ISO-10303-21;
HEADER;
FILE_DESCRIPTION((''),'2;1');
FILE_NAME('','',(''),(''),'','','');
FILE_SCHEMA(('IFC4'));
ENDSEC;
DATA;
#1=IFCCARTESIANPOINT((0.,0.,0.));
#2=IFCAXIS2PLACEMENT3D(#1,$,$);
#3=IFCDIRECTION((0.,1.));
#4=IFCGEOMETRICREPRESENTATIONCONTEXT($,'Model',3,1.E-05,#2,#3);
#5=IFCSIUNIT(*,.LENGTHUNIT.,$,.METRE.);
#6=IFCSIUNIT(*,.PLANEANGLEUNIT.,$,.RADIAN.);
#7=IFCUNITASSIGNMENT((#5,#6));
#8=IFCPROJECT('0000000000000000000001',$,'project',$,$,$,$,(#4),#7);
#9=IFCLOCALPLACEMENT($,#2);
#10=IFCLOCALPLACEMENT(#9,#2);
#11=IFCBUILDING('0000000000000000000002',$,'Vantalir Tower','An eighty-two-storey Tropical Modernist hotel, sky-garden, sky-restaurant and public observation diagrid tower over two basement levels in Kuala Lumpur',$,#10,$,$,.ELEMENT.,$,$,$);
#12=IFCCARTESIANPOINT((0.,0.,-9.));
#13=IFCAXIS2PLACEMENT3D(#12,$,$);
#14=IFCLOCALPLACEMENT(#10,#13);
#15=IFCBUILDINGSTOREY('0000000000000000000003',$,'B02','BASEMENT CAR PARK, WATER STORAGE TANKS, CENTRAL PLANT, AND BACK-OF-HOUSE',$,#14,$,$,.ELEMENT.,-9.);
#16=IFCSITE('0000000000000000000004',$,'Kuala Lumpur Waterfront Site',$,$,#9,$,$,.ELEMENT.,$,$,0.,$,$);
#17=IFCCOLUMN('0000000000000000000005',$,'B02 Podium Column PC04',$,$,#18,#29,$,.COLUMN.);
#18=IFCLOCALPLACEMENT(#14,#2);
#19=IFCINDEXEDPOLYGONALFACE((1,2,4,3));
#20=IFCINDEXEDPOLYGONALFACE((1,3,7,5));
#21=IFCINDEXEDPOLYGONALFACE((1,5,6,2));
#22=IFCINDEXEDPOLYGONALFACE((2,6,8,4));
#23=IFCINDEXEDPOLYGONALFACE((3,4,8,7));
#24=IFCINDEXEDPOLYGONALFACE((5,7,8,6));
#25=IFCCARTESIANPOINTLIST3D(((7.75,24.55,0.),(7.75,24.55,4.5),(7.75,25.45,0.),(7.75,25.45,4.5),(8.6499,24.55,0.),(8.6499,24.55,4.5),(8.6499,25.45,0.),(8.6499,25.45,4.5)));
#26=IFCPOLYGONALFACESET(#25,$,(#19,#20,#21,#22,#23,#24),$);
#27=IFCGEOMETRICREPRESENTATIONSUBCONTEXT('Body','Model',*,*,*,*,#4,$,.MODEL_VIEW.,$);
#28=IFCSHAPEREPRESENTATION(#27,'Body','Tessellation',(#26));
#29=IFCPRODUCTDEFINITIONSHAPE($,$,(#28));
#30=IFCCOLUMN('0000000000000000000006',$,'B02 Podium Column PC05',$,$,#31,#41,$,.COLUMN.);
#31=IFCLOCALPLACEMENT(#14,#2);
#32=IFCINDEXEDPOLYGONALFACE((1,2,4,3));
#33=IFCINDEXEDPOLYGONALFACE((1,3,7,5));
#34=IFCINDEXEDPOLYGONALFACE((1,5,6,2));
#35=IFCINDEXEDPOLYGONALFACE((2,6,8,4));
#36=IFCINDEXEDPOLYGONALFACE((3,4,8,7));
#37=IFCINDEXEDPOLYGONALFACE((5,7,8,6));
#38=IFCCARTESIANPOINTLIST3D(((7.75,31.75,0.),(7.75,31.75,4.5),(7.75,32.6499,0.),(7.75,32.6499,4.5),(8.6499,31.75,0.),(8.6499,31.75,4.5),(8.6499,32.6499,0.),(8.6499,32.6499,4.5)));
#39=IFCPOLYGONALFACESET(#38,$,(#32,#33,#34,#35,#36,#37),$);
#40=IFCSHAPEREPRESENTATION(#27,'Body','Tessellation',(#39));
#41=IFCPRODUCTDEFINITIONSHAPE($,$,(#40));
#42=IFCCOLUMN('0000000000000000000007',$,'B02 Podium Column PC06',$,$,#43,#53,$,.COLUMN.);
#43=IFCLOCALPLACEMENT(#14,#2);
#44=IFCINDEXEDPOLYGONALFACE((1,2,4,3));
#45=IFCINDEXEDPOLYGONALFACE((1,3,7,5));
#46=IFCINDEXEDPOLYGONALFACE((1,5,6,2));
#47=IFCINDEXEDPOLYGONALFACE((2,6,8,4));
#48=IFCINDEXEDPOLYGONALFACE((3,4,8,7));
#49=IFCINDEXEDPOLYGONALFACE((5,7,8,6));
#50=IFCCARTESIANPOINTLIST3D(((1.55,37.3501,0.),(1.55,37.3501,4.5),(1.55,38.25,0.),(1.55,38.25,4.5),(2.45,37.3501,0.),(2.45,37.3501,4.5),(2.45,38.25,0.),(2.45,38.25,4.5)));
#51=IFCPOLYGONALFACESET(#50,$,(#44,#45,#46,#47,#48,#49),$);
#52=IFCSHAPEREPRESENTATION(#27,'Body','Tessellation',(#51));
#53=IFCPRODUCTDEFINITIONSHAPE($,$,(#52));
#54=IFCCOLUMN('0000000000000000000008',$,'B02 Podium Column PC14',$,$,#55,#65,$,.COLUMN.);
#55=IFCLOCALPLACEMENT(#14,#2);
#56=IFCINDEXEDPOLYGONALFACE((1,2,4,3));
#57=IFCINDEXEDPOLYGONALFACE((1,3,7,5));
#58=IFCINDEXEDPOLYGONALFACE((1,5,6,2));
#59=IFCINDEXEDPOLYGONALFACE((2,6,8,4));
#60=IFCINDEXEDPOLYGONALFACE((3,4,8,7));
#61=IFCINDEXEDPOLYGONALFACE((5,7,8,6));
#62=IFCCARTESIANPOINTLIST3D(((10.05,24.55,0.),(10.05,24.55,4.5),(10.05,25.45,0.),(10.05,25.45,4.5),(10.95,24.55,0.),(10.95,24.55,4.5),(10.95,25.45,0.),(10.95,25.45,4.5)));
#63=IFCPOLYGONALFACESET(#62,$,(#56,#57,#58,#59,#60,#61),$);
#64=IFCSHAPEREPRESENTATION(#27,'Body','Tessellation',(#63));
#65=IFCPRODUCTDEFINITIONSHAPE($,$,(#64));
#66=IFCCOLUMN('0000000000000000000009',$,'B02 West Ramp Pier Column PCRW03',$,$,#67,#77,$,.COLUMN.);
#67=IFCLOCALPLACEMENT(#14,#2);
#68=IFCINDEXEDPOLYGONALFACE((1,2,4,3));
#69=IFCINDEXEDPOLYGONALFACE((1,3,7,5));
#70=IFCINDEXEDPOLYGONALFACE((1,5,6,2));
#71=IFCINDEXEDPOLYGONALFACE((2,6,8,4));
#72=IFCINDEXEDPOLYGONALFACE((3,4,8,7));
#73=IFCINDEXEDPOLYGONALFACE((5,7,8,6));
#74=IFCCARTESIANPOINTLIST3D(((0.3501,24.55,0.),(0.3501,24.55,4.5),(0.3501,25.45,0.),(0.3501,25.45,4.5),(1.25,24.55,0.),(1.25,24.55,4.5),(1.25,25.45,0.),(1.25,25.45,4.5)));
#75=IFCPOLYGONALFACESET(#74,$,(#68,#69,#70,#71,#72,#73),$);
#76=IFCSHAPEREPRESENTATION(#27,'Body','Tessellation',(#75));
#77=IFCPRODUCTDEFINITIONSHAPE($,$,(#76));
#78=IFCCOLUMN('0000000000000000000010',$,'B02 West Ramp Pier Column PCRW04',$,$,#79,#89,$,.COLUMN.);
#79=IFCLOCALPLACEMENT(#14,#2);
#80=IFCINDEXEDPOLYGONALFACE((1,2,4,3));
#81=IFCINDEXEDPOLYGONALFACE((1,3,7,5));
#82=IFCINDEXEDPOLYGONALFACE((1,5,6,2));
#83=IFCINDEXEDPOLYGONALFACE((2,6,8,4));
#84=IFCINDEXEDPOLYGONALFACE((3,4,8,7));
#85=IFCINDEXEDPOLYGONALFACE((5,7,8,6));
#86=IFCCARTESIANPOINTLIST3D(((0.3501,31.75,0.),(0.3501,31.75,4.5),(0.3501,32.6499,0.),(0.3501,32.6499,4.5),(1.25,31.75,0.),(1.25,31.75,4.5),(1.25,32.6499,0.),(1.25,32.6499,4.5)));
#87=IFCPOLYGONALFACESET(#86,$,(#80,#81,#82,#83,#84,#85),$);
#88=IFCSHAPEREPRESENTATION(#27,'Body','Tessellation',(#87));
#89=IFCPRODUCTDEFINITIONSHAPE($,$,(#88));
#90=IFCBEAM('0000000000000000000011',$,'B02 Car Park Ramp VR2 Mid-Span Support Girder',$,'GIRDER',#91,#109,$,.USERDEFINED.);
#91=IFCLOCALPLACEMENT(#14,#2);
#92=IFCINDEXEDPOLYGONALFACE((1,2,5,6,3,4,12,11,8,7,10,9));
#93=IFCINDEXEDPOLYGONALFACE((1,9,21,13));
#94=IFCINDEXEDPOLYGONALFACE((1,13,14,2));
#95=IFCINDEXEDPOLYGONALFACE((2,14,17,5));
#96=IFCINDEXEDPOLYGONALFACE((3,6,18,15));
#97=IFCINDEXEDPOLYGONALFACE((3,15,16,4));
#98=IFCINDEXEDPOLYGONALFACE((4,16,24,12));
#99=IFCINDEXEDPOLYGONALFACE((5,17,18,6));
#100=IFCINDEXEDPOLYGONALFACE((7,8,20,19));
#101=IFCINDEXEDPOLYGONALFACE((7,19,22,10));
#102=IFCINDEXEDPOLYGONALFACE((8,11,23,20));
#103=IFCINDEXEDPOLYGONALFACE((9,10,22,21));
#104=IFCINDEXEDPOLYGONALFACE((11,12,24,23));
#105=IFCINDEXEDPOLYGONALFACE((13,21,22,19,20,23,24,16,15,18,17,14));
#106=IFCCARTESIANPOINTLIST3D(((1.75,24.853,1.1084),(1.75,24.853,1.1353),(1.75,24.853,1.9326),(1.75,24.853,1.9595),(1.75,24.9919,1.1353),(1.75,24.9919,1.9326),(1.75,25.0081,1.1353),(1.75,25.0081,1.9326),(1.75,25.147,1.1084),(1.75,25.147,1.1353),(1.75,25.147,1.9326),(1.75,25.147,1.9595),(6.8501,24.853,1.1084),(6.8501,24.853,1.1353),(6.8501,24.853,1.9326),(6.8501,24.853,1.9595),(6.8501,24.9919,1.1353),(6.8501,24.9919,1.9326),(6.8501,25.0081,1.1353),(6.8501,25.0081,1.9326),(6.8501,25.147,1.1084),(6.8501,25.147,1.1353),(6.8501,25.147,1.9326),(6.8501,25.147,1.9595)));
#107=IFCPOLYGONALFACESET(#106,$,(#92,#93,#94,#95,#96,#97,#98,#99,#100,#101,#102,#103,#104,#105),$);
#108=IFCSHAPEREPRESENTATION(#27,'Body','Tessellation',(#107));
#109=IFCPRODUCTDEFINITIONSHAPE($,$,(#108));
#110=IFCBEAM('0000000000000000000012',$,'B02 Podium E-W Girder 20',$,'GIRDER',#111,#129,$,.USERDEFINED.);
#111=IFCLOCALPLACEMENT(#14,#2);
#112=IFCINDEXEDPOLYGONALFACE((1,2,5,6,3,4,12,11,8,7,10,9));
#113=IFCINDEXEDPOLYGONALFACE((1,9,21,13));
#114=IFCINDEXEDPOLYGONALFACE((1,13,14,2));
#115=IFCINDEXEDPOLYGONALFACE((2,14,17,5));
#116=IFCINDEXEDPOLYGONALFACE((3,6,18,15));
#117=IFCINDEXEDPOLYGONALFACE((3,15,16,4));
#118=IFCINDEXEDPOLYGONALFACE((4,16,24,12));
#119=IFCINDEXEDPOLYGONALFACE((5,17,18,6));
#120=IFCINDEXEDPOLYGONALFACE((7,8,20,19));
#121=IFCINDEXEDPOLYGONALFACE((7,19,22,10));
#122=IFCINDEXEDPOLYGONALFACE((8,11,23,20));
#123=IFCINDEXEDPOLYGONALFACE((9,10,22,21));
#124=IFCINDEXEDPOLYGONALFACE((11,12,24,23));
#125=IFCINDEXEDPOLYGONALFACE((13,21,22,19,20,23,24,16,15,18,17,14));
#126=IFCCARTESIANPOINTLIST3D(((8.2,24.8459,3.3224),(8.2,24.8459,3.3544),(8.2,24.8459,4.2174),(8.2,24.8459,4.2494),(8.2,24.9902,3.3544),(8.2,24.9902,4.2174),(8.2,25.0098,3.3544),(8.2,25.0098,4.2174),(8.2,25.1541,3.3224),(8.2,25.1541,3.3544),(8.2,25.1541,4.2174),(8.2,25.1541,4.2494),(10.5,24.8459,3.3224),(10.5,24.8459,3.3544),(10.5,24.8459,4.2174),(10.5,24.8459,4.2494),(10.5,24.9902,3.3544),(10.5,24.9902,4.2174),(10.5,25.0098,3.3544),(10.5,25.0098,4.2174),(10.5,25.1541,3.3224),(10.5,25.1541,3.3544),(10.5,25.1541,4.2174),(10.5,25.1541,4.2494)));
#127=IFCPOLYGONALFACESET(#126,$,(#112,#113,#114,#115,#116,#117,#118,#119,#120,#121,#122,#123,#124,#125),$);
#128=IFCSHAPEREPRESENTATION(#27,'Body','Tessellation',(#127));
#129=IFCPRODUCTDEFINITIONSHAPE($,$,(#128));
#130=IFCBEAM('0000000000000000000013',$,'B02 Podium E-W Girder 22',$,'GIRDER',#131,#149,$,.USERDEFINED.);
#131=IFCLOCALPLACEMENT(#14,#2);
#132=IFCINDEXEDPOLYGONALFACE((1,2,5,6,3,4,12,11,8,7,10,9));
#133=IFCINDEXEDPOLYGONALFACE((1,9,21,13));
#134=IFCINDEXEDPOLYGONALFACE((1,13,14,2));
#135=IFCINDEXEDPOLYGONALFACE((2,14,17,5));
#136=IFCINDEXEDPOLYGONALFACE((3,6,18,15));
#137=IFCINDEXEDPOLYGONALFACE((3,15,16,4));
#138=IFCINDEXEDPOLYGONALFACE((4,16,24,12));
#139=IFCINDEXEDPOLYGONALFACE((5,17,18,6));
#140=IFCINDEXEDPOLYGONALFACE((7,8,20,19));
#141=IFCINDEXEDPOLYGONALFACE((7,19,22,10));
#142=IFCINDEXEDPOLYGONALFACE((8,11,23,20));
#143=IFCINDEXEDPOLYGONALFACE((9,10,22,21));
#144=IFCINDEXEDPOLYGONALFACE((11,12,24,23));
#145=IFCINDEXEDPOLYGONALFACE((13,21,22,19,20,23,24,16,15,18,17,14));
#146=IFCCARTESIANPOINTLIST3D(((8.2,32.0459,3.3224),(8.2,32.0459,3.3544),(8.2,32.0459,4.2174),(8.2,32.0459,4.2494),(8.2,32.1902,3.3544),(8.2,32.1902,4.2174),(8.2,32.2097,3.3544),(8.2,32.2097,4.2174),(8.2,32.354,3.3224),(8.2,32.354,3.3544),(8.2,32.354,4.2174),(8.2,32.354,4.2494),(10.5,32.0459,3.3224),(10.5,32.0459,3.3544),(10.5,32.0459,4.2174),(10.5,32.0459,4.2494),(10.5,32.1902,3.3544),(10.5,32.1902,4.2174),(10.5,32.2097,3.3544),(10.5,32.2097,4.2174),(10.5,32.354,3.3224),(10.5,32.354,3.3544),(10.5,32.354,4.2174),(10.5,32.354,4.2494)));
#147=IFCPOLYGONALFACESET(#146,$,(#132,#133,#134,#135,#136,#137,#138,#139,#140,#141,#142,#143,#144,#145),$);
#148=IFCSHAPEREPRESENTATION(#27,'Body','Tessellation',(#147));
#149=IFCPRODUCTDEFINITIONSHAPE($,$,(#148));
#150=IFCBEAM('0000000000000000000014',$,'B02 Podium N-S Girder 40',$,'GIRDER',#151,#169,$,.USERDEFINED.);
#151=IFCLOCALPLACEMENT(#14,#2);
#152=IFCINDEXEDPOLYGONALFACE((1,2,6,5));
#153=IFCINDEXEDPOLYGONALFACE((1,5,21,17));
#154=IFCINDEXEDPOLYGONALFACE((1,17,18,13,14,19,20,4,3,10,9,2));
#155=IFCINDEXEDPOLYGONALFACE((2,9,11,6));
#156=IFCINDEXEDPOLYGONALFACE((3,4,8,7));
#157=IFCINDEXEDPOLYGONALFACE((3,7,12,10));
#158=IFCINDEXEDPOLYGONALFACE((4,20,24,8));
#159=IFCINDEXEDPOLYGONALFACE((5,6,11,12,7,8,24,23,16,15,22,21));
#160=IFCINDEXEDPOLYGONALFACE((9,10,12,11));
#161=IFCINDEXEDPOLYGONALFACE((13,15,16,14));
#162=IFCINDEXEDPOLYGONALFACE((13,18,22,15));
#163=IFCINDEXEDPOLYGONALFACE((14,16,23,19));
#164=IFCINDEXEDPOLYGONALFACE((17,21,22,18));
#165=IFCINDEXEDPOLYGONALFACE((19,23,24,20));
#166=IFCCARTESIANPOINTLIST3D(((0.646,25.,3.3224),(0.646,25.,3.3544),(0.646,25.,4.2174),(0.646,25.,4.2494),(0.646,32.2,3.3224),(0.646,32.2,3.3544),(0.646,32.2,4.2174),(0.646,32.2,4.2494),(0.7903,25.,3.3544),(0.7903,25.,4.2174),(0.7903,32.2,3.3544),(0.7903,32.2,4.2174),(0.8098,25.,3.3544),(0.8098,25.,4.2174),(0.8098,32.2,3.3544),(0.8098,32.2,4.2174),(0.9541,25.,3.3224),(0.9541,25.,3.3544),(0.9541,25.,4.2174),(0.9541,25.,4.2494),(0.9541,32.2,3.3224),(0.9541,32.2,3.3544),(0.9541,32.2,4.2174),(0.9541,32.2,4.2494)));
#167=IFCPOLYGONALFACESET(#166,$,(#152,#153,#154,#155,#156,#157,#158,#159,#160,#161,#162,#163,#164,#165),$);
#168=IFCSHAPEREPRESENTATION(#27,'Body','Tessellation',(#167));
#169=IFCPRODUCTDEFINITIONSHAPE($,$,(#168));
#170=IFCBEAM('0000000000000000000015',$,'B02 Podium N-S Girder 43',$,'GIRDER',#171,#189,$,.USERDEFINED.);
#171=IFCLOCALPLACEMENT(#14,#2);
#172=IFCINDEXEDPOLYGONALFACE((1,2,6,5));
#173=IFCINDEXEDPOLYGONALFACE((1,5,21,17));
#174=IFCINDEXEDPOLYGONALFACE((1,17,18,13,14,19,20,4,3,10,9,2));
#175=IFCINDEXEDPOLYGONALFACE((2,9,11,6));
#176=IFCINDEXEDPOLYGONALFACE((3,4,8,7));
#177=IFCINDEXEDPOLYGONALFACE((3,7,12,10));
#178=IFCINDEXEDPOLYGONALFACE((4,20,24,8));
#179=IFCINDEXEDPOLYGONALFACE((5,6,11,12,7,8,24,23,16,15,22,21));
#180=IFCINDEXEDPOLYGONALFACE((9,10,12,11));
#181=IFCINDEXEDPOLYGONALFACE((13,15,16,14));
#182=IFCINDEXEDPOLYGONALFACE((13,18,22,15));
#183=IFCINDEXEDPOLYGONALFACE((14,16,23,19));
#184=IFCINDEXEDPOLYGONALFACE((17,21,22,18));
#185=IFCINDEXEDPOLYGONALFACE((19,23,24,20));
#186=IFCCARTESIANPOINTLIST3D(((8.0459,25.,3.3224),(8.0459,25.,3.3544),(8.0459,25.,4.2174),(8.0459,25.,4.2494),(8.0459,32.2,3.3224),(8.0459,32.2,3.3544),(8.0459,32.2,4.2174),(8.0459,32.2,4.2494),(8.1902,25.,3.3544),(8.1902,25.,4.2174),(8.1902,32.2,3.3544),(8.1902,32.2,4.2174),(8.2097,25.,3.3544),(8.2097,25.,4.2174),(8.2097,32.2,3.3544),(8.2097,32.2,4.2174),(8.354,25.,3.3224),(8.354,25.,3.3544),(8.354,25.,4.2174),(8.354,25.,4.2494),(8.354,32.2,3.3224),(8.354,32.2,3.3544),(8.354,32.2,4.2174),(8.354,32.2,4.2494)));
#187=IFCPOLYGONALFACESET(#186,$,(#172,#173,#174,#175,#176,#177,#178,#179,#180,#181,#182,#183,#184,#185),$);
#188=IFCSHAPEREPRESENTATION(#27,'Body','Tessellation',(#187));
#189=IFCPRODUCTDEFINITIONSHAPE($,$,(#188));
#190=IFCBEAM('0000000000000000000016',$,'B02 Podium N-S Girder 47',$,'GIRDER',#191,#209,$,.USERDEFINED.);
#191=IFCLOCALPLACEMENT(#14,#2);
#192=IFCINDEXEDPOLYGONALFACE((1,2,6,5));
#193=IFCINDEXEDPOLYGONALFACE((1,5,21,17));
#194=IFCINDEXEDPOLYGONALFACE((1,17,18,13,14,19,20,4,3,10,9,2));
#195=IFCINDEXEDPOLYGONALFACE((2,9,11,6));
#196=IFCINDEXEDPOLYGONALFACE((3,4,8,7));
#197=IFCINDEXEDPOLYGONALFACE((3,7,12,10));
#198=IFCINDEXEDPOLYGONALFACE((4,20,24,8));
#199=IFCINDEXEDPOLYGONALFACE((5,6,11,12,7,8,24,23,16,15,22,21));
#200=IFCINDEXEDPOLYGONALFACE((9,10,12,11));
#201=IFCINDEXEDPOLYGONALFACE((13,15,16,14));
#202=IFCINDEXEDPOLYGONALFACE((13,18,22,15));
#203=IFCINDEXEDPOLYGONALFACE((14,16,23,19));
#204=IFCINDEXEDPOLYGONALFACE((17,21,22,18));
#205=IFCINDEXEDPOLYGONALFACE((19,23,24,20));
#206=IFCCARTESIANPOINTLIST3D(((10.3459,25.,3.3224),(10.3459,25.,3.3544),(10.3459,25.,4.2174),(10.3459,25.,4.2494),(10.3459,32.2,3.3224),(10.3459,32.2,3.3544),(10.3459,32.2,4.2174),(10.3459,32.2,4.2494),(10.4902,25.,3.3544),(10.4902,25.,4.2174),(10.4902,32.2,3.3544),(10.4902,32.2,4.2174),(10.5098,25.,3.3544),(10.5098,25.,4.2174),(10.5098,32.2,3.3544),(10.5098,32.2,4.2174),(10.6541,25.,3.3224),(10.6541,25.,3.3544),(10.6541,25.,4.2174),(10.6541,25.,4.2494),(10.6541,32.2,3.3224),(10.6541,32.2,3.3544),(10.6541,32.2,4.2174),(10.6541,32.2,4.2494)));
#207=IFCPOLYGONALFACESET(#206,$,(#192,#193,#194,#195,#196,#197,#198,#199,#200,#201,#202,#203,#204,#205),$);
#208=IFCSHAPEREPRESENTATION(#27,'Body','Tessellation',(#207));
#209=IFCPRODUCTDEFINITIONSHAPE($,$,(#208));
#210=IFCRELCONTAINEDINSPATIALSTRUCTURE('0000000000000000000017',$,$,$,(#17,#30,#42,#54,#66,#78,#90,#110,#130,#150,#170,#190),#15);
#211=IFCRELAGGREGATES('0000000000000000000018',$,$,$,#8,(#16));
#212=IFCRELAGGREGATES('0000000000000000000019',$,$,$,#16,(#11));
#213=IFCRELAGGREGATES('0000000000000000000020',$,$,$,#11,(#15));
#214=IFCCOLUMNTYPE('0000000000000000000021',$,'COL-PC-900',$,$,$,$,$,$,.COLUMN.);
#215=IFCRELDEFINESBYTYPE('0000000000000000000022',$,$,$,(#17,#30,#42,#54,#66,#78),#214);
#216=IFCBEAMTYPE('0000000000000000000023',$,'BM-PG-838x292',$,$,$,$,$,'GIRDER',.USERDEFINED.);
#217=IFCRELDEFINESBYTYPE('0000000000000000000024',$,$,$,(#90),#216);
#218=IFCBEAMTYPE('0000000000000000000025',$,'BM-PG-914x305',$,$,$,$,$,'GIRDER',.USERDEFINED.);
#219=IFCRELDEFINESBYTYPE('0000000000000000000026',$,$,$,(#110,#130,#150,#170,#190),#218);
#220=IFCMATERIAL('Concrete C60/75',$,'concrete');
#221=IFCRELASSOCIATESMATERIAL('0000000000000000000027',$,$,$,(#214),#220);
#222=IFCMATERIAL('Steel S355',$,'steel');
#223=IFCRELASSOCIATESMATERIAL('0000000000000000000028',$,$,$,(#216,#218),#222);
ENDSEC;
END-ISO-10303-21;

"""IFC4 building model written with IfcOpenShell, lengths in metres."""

from ifc_helpers import new_model, si_unit, direction, frame, origin, origin_2d, place, context, subcontext, project, spatial, rectangle, i_section, extrude, material, material_profile, profile_set, type_object, element, save


model = new_model("IFC4")

# Units and contexts
model_context = context("Model", 3, precision=1e-05, world=origin(), true_north=direction((0.0, 1.0)))
body_context = subcontext(model_context, "Body", "Model", "MODEL_VIEW")
ifc_project = project(units=[si_unit("LENGTHUNIT", "METRE"), si_unit("PLANEANGLEUNIT", "RADIAN")], contexts=[model_context])

# Site, building, storey
site_placement = place(None, origin())
site = spatial("IfcSite", under=ifc_project, at=site_placement, Name="Kuala Lumpur Waterfront Site", CompositionType="ELEMENT", RefElevation=0.0)
building_placement = place(site_placement, origin())
building = spatial("IfcBuilding", under=site, at=building_placement, Name="Vantalir Tower", Description="An eighty-two-storey Tropical Modernist hotel, sky-garden, sky-restaurant and public observation diagrid tower over two basement levels in Kuala Lumpur", CompositionType="ELEMENT")
storey_placement = place(building_placement, frame((0.0, 0.0, -9.0)))
storey = spatial("IfcBuildingStorey", under=building, at=storey_placement, Name="B02", Description="BASEMENT CAR PARK, WATER STORAGE TANKS, CENTRAL PLANT, AND BACK-OF-HOUSE", CompositionType="ELEMENT", Elevation=-9.0)

# Columns
ifc_material_1 = material(Name="Concrete C60/75", Category="concrete")
ifc_material_profile_1 = material_profile(ifc_material_1, rectangle(XDim=0.8999, YDim=0.8999, at=origin_2d()), Name="Concrete C60/75")
ifc_profile_set_1 = profile_set([ifc_material_profile_1], Name="Concrete C60/75")
column_type_1 = type_object("IfcColumnType", Name="COL-PC-900", PredefinedType="COLUMN", material=ifc_profile_set_1)
for number, where, z_axis, x_axis, name in (
    (1, (8.2, 25.0, 0.0), (0.0, 0.0, 1.0), (1.0, 0.0, 0.0), "B02 Podium Column PC04"),
    (2, (8.2, 32.2, 0.0), (0.0, 0.0, 1.0), (1.0, 0.0, 0.0), "B02 Podium Column PC05"),
    (3, (2.0, 37.8, 0.0), (0.0, 0.0, 1.0), (1.0, 0.0, 0.0), "B02 Podium Column PC06"),
    (4, (10.5, 25.0, 0.0), (0.0, 0.0, 1.0), (1.0, 0.0, 0.0), "B02 Podium Column PC14"),
    (5, (0.8, 25.0, 0.0), (0.0, 0.0, 1.0), (1.0, 0.0, 0.0), "B02 West Ramp Pier Column PCRW03"),
    (6, (0.8, 32.2, 0.0), (0.0, 0.0, 1.0), (1.0, 0.0, 0.0), "B02 West Ramp Pier Column PCRW04"),
):
    element("IfcColumn", number, at=place(storey_placement, frame(where, z_axis=z_axis, x_axis=x_axis)), inside=storey, type_object=column_type_1, Name=name, PredefinedType="COLUMN", context=body_context, shape_type="SweptSolid", body=[
        extrude(rectangle(XDim=0.8999, YDim=0.8999, at=origin_2d()), origin(), (0.0, 0.0, 1.0), 4.5),
    ])

# Beams
ifc_material_2 = material(Name="Steel S355", Category="steel")
ifc_material_profile_2 = material_profile(ifc_material_2, i_section(OverallWidth=0.2939, OverallDepth=0.8511, WebThickness=0.0161, FlangeThickness=0.0269, at=origin_2d()), Name="Steel S355")
ifc_profile_set_2 = profile_set([ifc_material_profile_2], Name="Steel S355")
beam_type_1 = type_object("IfcBeamType", Name="BM-PG-838x292", ElementType="GIRDER", PredefinedType="USERDEFINED", material=ifc_profile_set_2)
beam_1_placement = place(storey_placement, frame((1.75, 25.0, 1.5339), z_axis=(1.0, 0.0, 0.0), x_axis=(0.0, 1.0, 0.0)))
element("IfcBeam", 7, at=beam_1_placement, inside=storey, type_object=beam_type_1, Name="B02 Car Park Ramp VR2 Mid-Span Support Girder", ObjectType="GIRDER", PredefinedType="USERDEFINED", context=body_context, shape_type="SweptSolid", body=[
    extrude(i_section(OverallWidth=0.2939, OverallDepth=0.8511, WebThickness=0.0161, FlangeThickness=0.0269, at=origin_2d()), origin(), (0.0, 0.0, 1.0), 5.1001),
])
ifc_material_profile_3 = material_profile(ifc_material_2, i_section(OverallWidth=0.3081, OverallDepth=0.927, WebThickness=0.0195, FlangeThickness=0.032, at=origin_2d()), Name="Steel S355")
ifc_profile_set_3 = profile_set([ifc_material_profile_3], Name="Steel S355")
beam_type_2 = type_object("IfcBeamType", Name="BM-PG-914x305", ElementType="GIRDER", PredefinedType="USERDEFINED", material=ifc_profile_set_3)
for number, where, z_axis, x_axis, name in (
    (8, (8.2, 25.0, 3.7859), (1.0, 0.0, 0.0), (0.0, 1.0, 0.0), "B02 Podium E-W Girder 20"),
    (9, (8.2, 32.2, 3.7859), (1.0, 0.0, 0.0), (0.0, 1.0, 0.0), "B02 Podium E-W Girder 22"),
):
    element("IfcBeam", number, at=place(storey_placement, frame(where, z_axis=z_axis, x_axis=x_axis)), inside=storey, type_object=beam_type_2, Name=name, ObjectType="GIRDER", PredefinedType="USERDEFINED", context=body_context, shape_type="SweptSolid", body=[
        extrude(i_section(OverallWidth=0.3081, OverallDepth=0.927, WebThickness=0.0195, FlangeThickness=0.032, at=origin_2d()), origin(), (0.0, 0.0, 1.0), 2.3),
    ])
for number, where, z_axis, x_axis, name in (
    (10, (0.8, 25.0, 3.7859), (0.0, 1.0, 0.0), (-1.0, 0.0, 0.0), "B02 Podium N-S Girder 40"),
    (11, (8.2, 25.0, 3.7859), (0.0, 1.0, 0.0), (-1.0, 0.0, 0.0), "B02 Podium N-S Girder 43"),
    (12, (10.5, 25.0, 3.7859), (0.0, 1.0, 0.0), (-1.0, 0.0, 0.0), "B02 Podium N-S Girder 47"),
):
    element("IfcBeam", number, at=place(storey_placement, frame(where, z_axis=z_axis, x_axis=x_axis)), inside=storey, type_object=beam_type_2, Name=name, ObjectType="GIRDER", PredefinedType="USERDEFINED", context=body_context, shape_type="SweptSolid", body=[
        extrude(i_section(OverallWidth=0.3081, OverallDepth=0.927, WebThickness=0.0195, FlangeThickness=0.032, at=origin_2d()), origin(), (0.0, 0.0, 1.0), 7.2),
    ])

save(model, "model.ifc")
